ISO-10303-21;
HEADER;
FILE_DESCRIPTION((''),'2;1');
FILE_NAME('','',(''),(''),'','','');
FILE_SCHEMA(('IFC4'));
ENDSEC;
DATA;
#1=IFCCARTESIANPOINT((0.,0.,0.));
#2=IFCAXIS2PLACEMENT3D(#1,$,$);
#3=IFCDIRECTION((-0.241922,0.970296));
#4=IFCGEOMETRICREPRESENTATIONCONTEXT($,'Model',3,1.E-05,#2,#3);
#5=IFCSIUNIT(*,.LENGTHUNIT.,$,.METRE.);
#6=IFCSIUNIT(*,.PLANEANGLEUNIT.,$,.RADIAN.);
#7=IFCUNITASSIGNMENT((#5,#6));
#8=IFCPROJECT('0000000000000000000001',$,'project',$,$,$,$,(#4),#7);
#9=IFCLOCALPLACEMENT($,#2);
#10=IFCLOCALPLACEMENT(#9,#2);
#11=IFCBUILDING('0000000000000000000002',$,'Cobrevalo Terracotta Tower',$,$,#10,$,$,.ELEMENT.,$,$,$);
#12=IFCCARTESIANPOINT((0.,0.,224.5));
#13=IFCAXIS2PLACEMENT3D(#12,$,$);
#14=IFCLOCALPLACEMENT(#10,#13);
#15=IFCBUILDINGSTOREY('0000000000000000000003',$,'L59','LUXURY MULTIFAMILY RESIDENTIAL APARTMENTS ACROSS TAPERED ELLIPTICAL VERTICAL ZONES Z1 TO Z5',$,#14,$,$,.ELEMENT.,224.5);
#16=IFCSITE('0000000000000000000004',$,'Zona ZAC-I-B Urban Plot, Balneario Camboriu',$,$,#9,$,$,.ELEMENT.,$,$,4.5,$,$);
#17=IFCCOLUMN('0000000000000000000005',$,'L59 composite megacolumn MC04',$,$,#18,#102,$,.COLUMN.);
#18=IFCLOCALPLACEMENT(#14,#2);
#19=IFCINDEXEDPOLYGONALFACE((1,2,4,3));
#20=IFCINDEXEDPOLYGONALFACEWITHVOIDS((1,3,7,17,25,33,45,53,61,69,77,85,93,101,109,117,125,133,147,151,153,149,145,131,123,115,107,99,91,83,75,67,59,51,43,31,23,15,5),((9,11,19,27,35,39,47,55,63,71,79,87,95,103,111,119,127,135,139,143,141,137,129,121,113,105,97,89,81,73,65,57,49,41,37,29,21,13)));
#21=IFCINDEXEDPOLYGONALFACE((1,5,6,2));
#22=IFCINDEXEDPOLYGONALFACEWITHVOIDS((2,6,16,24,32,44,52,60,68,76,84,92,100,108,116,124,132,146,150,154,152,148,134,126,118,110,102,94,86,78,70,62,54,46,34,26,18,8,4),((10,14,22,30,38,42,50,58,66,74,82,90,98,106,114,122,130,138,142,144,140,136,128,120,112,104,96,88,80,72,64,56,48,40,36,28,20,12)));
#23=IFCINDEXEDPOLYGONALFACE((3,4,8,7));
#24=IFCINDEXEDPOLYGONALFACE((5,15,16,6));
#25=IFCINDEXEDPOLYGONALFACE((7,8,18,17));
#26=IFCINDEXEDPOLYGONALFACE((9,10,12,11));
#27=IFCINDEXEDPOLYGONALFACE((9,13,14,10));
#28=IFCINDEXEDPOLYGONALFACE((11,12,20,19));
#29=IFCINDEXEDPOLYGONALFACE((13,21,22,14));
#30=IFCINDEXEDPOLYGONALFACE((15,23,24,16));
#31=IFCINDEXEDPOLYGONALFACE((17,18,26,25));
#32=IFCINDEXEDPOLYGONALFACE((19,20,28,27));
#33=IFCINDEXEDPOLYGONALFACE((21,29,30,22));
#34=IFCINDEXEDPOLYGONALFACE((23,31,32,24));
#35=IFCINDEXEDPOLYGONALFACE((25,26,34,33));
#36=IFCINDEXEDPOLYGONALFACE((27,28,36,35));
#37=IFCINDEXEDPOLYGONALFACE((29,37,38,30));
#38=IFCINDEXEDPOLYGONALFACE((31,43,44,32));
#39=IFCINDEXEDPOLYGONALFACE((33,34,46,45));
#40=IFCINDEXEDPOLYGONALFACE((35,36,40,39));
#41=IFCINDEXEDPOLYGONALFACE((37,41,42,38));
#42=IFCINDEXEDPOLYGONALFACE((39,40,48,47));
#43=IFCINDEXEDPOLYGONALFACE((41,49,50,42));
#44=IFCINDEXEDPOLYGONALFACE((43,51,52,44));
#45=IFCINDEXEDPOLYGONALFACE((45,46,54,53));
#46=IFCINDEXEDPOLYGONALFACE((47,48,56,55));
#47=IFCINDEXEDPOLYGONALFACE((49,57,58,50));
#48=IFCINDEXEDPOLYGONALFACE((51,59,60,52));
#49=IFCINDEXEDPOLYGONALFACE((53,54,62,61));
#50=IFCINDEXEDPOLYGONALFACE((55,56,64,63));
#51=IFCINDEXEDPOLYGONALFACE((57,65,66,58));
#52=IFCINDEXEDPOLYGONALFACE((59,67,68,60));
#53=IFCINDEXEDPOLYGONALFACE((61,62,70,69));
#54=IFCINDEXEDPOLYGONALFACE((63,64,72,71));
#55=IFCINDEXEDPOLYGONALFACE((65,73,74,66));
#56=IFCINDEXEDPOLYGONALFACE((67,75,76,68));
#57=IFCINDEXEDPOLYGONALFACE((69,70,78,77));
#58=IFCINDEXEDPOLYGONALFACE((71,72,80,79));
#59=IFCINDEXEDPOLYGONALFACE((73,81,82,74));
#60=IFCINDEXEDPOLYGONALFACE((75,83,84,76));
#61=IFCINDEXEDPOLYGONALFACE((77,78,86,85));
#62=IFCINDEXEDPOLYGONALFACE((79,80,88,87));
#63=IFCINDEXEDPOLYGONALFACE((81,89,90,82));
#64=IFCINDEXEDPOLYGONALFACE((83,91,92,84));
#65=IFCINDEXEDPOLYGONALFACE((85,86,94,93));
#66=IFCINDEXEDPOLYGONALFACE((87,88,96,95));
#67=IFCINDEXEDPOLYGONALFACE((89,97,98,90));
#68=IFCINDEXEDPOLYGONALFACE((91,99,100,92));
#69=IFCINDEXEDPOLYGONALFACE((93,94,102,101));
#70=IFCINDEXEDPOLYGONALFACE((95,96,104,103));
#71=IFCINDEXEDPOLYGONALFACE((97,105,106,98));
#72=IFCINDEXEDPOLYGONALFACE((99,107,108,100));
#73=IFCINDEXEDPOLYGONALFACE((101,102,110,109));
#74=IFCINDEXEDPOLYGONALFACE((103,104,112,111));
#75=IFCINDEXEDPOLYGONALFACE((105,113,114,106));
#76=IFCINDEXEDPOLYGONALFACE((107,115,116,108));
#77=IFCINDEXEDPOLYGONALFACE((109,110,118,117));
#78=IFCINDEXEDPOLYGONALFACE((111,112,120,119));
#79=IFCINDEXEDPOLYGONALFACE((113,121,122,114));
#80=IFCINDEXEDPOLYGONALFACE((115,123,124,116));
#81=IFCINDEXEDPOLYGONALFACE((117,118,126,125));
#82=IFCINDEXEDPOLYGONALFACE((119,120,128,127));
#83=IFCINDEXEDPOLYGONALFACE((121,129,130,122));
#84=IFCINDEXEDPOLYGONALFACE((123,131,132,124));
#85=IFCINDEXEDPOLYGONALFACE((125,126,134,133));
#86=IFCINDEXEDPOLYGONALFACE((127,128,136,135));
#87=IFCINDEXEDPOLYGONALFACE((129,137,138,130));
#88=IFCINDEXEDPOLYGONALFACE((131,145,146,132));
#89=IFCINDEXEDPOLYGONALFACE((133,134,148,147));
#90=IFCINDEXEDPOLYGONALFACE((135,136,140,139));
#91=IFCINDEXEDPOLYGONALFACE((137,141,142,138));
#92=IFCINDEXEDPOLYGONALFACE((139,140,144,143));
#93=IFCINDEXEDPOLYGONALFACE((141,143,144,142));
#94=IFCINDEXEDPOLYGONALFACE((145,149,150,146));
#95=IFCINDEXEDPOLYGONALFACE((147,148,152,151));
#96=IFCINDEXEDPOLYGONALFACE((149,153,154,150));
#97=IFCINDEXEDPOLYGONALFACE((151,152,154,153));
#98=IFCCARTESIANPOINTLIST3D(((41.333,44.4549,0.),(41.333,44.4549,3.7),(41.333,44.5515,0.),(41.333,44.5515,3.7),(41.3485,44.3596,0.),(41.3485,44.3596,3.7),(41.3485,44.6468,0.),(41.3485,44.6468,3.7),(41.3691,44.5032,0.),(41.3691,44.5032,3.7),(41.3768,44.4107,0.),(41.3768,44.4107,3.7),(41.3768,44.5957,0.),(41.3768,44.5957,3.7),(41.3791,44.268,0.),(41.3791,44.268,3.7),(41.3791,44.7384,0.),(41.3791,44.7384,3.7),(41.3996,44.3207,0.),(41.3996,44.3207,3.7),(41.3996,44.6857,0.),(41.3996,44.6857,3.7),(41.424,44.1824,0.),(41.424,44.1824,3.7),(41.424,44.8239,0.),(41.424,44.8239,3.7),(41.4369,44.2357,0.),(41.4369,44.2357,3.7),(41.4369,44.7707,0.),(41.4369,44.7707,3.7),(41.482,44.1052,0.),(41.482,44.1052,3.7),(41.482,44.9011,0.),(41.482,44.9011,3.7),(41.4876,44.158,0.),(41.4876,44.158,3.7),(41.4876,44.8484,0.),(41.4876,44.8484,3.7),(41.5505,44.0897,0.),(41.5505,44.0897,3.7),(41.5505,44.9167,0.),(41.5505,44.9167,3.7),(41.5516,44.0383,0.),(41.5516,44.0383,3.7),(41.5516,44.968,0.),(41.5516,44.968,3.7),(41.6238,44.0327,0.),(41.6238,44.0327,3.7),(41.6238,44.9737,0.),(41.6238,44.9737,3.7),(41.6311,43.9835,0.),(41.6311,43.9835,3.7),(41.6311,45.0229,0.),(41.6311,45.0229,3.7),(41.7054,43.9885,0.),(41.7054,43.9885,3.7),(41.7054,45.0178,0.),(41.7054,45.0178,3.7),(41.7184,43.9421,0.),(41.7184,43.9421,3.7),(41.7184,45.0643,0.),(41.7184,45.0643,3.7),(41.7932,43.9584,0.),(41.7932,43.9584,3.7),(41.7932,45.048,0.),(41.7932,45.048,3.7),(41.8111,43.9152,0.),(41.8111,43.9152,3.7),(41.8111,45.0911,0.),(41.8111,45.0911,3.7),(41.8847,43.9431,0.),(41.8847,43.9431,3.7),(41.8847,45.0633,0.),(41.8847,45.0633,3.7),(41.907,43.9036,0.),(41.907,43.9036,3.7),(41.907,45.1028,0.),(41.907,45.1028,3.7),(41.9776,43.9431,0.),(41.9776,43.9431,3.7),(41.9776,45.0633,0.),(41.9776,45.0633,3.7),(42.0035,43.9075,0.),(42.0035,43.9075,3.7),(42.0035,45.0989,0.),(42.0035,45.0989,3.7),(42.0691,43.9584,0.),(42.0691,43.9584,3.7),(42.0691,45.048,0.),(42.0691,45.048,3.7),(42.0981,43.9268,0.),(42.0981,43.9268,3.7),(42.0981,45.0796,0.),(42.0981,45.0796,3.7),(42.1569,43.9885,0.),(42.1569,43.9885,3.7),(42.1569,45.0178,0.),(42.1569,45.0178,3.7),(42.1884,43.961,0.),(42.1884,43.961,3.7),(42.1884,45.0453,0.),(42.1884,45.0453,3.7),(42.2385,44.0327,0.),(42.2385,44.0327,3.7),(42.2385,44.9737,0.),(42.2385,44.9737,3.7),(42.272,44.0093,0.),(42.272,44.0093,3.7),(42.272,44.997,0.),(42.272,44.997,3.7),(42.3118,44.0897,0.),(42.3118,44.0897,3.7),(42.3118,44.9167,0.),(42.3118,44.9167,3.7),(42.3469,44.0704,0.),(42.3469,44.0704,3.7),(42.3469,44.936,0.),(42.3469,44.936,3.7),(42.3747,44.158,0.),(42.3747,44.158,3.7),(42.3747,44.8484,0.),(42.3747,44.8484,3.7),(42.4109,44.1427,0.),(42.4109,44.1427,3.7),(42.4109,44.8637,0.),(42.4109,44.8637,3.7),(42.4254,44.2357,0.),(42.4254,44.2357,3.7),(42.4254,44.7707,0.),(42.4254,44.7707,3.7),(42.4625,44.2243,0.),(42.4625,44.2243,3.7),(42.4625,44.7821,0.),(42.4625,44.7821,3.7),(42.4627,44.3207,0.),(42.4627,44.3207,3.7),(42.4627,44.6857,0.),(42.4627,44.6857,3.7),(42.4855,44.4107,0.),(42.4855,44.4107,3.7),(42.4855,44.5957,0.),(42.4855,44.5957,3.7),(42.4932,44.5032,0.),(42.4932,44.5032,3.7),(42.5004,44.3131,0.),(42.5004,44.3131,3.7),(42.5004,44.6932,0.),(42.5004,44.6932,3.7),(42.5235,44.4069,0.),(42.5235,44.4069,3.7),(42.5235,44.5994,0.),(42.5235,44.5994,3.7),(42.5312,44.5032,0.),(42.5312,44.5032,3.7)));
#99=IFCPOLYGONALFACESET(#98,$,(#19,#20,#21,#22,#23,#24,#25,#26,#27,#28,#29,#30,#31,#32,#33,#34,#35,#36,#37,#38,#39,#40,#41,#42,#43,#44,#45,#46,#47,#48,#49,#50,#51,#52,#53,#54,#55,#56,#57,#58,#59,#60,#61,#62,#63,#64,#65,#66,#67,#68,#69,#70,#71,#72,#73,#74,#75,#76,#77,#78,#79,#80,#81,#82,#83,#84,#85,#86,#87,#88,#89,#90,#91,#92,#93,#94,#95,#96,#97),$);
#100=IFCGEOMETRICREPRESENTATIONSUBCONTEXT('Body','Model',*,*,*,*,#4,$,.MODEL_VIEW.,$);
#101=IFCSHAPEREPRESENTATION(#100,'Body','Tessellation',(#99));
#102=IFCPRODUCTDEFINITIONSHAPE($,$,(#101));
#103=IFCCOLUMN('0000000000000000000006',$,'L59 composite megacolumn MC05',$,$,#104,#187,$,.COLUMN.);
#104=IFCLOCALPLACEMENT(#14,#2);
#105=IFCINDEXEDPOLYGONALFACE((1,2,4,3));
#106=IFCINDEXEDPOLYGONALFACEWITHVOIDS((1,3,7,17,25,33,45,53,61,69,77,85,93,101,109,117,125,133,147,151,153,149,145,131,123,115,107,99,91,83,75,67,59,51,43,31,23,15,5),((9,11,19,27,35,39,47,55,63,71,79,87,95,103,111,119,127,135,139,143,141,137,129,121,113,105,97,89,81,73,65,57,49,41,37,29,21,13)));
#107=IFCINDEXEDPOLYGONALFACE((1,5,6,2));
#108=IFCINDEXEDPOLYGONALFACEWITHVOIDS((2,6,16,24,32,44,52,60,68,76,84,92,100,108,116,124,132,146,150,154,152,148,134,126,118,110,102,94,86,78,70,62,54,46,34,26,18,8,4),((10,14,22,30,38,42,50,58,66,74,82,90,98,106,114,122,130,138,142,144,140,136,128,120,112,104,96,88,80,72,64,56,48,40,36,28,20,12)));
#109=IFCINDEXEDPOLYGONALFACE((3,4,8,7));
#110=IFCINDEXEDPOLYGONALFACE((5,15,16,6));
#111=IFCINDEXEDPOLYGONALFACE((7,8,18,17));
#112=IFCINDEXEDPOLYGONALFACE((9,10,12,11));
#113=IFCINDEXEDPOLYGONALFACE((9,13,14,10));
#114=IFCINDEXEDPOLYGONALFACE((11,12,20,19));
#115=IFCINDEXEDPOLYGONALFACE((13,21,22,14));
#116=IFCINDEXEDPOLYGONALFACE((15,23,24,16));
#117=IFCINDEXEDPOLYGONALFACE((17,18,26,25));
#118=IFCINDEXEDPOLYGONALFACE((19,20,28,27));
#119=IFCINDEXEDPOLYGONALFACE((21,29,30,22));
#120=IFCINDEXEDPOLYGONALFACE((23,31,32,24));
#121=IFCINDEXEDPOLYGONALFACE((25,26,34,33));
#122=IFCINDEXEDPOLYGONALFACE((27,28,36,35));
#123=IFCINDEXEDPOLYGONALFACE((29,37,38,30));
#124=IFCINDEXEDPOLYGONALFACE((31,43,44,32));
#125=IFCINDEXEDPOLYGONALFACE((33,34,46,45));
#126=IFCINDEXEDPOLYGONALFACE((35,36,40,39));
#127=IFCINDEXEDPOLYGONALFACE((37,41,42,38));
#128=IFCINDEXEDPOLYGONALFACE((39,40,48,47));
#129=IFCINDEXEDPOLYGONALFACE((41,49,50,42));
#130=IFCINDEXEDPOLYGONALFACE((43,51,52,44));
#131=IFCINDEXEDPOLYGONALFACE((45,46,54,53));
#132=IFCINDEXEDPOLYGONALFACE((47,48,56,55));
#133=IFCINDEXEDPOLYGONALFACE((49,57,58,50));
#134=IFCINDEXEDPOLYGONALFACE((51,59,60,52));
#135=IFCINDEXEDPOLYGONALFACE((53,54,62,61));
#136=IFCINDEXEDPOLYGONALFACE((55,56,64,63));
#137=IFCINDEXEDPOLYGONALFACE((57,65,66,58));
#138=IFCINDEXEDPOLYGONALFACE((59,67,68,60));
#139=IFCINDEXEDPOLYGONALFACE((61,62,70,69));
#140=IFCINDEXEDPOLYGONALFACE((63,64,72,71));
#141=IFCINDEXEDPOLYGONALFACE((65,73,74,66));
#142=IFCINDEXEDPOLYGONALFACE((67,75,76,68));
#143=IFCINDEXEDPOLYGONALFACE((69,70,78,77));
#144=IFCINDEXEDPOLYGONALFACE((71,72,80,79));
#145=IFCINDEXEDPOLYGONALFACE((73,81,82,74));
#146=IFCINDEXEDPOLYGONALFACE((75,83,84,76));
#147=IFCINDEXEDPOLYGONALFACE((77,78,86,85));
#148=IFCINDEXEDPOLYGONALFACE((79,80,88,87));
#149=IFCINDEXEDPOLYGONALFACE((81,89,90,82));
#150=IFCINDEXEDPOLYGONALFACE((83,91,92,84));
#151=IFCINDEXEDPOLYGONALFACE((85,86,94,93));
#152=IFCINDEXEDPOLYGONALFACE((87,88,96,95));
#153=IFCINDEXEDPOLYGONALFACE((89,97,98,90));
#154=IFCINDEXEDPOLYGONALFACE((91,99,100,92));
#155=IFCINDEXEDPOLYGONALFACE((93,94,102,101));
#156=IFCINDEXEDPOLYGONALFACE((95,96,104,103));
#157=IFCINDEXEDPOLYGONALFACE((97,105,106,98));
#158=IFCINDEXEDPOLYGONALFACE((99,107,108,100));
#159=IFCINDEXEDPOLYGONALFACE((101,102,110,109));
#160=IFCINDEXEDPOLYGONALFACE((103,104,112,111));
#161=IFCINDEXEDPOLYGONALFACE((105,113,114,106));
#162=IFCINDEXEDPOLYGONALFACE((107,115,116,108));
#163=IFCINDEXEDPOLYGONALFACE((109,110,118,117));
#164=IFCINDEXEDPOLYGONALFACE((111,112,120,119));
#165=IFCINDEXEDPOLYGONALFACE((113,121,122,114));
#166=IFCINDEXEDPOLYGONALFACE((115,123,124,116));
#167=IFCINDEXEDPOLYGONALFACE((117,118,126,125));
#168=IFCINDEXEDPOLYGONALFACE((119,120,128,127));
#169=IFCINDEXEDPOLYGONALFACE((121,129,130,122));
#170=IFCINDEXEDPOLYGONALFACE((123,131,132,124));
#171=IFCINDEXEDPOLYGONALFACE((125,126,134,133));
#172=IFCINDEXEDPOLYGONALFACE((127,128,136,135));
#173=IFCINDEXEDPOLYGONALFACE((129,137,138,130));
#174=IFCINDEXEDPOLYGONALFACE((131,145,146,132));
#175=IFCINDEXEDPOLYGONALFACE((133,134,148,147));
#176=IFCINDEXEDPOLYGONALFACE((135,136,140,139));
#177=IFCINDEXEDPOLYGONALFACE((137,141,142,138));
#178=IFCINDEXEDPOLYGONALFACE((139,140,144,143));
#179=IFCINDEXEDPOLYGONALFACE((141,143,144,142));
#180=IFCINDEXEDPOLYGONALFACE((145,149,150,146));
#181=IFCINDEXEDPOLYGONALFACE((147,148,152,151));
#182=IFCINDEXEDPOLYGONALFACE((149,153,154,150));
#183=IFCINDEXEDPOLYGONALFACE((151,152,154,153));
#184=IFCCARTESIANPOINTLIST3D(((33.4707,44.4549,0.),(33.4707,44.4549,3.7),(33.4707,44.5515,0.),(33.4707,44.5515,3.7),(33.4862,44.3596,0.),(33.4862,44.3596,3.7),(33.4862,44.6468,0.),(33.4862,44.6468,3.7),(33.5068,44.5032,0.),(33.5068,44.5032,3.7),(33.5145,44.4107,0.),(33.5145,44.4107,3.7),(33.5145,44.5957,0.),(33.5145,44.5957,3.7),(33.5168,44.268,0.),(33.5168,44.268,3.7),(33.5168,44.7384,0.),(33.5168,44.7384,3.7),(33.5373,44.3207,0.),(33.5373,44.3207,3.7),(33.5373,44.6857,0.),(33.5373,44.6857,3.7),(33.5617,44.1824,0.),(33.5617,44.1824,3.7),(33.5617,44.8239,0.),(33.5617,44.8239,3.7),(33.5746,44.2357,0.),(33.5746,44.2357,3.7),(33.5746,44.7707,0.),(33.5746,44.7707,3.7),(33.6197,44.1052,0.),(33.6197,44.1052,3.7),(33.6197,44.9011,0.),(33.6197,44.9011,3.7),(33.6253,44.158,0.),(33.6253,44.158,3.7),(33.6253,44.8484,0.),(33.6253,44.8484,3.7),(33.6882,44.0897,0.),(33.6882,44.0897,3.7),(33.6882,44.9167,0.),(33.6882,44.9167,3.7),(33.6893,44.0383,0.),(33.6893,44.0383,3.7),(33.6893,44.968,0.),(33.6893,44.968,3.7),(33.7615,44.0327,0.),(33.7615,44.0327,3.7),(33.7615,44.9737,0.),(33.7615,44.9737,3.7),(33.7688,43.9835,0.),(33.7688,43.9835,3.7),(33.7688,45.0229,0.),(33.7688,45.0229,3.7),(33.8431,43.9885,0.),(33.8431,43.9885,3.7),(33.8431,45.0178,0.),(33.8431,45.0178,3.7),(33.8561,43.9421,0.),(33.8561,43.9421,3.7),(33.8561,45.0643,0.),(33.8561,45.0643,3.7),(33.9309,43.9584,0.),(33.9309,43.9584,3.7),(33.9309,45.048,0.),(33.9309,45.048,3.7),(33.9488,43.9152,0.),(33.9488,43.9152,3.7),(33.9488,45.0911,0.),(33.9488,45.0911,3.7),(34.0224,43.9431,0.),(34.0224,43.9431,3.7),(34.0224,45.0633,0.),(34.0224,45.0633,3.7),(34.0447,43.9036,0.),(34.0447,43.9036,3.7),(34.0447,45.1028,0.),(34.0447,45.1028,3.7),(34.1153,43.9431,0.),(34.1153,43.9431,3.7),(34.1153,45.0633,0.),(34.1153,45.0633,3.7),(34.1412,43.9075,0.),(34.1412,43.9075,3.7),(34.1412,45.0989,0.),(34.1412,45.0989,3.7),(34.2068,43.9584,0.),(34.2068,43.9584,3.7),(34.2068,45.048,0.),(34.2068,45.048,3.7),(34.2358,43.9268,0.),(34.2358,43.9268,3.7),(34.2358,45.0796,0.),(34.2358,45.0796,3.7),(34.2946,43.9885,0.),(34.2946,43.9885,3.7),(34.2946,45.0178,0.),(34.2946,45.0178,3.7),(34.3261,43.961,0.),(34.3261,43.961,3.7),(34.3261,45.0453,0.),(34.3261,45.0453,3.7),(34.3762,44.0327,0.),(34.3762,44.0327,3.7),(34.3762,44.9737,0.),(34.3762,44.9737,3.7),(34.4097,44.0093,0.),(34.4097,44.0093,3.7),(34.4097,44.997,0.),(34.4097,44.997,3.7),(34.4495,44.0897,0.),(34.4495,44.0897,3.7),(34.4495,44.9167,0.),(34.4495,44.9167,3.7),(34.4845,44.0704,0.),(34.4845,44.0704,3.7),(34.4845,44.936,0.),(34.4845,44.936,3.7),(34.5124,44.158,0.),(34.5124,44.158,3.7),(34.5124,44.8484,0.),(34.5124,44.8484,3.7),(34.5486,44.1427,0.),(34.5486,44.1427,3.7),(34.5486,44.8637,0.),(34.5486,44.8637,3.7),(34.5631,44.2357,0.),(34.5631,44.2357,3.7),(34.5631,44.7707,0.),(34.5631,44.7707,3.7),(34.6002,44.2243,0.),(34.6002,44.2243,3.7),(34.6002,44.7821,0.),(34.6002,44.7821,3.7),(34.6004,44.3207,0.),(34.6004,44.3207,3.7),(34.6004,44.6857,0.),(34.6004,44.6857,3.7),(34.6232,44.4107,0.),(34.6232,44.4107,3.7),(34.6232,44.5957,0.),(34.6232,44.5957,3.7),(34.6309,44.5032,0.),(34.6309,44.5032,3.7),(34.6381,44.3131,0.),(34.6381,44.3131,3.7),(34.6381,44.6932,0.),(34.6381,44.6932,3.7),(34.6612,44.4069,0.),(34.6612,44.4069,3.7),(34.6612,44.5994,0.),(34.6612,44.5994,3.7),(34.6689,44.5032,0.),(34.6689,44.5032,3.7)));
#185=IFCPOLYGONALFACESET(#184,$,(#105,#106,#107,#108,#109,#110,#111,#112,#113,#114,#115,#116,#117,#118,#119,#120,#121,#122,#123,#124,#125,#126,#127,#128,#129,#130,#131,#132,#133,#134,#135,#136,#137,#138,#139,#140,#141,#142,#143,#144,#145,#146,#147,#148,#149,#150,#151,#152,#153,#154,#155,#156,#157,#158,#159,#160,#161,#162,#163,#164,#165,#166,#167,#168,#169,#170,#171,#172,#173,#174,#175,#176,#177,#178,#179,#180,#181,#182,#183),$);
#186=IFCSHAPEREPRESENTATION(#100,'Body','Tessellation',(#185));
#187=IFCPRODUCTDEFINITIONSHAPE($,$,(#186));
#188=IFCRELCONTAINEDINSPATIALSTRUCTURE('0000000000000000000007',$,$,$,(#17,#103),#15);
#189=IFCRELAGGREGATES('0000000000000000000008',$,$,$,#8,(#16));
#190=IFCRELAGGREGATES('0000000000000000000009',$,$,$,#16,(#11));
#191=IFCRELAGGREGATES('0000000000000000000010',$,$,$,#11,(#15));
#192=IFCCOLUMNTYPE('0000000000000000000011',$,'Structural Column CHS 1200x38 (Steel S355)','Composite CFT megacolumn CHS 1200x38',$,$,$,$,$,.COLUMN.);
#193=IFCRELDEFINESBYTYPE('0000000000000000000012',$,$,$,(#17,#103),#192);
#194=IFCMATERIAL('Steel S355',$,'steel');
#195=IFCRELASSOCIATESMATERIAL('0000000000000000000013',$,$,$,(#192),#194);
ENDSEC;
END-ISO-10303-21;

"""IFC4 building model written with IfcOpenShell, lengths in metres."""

from ifc_helpers import new_model, si_unit, direction, frame, origin, origin_2d, place, context, subcontext, project, spatial, hollow_circle, extrude, material, material_profile, profile_set, type_object, element, save


model = new_model("IFC4")

# Units and contexts
model_context = context("Model", 3, precision=1e-05, world=origin(), true_north=direction((-0.241922, 0.970296)))
body_context = subcontext(model_context, "Body", "Model", "MODEL_VIEW")
ifc_project = project(units=[si_unit("LENGTHUNIT", "METRE"), si_unit("PLANEANGLEUNIT", "RADIAN")], contexts=[model_context])

# Site, building, storey
site_placement = place(None, origin())
site = spatial("IfcSite", under=ifc_project, at=site_placement, Name="Zona ZAC-I-B Urban Plot, Balneario Camboriu", CompositionType="ELEMENT", RefElevation=4.5)
building_placement = place(site_placement, origin())
building = spatial("IfcBuilding", under=site, at=building_placement, Name="Cobrevalo Terracotta Tower", CompositionType="ELEMENT")
storey_placement = place(building_placement, frame((0.0, 0.0, 224.5)))
storey = spatial("IfcBuildingStorey", under=building, at=storey_placement, Name="L59", Description="LUXURY MULTIFAMILY RESIDENTIAL APARTMENTS ACROSS TAPERED ELLIPTICAL VERTICAL ZONES Z1 TO Z5", CompositionType="ELEMENT", Elevation=224.5)

# Columns
ifc_material_1 = material(Name="Steel S355", Category="steel")
ifc_material_profile_1 = material_profile(ifc_material_1, hollow_circle(Radius=0.6001, WallThickness=0.0381, at=origin_2d()), Name="CHS 1200x38")
ifc_profile_set_1 = profile_set([ifc_material_profile_1], Name="Steel S355")
column_type = type_object("IfcColumnType", Name="Structural Column CHS 1200x38 (Steel S355)", Description="Composite CFT megacolumn CHS 1200x38", PredefinedType="COLUMN", material=ifc_profile_set_1)
for number, where, z_axis, x_axis, name in (
    (1, (41.9312, 44.5032, 0.0), (0.0, 0.0, 1.0), (1.0, 0.0, 0.0), "L59 composite megacolumn MC04"),
    (2, (34.0688, 44.5032, 0.0), (0.0, 0.0, 1.0), (1.0, 0.0, 0.0), "L59 composite megacolumn MC05"),
):
    element("IfcColumn", number, at=place(storey_placement, frame(where, z_axis=z_axis, x_axis=x_axis)), inside=storey, type_object=column_type, Name=name, PredefinedType="COLUMN", context=body_context, shape_type="SweptSolid", body=[
        extrude(hollow_circle(Radius=0.6001, WallThickness=0.0381, at=origin_2d()), origin(), (0.0, 0.0, 1.0), 3.7),
    ])

save(model, "model.ifc")
